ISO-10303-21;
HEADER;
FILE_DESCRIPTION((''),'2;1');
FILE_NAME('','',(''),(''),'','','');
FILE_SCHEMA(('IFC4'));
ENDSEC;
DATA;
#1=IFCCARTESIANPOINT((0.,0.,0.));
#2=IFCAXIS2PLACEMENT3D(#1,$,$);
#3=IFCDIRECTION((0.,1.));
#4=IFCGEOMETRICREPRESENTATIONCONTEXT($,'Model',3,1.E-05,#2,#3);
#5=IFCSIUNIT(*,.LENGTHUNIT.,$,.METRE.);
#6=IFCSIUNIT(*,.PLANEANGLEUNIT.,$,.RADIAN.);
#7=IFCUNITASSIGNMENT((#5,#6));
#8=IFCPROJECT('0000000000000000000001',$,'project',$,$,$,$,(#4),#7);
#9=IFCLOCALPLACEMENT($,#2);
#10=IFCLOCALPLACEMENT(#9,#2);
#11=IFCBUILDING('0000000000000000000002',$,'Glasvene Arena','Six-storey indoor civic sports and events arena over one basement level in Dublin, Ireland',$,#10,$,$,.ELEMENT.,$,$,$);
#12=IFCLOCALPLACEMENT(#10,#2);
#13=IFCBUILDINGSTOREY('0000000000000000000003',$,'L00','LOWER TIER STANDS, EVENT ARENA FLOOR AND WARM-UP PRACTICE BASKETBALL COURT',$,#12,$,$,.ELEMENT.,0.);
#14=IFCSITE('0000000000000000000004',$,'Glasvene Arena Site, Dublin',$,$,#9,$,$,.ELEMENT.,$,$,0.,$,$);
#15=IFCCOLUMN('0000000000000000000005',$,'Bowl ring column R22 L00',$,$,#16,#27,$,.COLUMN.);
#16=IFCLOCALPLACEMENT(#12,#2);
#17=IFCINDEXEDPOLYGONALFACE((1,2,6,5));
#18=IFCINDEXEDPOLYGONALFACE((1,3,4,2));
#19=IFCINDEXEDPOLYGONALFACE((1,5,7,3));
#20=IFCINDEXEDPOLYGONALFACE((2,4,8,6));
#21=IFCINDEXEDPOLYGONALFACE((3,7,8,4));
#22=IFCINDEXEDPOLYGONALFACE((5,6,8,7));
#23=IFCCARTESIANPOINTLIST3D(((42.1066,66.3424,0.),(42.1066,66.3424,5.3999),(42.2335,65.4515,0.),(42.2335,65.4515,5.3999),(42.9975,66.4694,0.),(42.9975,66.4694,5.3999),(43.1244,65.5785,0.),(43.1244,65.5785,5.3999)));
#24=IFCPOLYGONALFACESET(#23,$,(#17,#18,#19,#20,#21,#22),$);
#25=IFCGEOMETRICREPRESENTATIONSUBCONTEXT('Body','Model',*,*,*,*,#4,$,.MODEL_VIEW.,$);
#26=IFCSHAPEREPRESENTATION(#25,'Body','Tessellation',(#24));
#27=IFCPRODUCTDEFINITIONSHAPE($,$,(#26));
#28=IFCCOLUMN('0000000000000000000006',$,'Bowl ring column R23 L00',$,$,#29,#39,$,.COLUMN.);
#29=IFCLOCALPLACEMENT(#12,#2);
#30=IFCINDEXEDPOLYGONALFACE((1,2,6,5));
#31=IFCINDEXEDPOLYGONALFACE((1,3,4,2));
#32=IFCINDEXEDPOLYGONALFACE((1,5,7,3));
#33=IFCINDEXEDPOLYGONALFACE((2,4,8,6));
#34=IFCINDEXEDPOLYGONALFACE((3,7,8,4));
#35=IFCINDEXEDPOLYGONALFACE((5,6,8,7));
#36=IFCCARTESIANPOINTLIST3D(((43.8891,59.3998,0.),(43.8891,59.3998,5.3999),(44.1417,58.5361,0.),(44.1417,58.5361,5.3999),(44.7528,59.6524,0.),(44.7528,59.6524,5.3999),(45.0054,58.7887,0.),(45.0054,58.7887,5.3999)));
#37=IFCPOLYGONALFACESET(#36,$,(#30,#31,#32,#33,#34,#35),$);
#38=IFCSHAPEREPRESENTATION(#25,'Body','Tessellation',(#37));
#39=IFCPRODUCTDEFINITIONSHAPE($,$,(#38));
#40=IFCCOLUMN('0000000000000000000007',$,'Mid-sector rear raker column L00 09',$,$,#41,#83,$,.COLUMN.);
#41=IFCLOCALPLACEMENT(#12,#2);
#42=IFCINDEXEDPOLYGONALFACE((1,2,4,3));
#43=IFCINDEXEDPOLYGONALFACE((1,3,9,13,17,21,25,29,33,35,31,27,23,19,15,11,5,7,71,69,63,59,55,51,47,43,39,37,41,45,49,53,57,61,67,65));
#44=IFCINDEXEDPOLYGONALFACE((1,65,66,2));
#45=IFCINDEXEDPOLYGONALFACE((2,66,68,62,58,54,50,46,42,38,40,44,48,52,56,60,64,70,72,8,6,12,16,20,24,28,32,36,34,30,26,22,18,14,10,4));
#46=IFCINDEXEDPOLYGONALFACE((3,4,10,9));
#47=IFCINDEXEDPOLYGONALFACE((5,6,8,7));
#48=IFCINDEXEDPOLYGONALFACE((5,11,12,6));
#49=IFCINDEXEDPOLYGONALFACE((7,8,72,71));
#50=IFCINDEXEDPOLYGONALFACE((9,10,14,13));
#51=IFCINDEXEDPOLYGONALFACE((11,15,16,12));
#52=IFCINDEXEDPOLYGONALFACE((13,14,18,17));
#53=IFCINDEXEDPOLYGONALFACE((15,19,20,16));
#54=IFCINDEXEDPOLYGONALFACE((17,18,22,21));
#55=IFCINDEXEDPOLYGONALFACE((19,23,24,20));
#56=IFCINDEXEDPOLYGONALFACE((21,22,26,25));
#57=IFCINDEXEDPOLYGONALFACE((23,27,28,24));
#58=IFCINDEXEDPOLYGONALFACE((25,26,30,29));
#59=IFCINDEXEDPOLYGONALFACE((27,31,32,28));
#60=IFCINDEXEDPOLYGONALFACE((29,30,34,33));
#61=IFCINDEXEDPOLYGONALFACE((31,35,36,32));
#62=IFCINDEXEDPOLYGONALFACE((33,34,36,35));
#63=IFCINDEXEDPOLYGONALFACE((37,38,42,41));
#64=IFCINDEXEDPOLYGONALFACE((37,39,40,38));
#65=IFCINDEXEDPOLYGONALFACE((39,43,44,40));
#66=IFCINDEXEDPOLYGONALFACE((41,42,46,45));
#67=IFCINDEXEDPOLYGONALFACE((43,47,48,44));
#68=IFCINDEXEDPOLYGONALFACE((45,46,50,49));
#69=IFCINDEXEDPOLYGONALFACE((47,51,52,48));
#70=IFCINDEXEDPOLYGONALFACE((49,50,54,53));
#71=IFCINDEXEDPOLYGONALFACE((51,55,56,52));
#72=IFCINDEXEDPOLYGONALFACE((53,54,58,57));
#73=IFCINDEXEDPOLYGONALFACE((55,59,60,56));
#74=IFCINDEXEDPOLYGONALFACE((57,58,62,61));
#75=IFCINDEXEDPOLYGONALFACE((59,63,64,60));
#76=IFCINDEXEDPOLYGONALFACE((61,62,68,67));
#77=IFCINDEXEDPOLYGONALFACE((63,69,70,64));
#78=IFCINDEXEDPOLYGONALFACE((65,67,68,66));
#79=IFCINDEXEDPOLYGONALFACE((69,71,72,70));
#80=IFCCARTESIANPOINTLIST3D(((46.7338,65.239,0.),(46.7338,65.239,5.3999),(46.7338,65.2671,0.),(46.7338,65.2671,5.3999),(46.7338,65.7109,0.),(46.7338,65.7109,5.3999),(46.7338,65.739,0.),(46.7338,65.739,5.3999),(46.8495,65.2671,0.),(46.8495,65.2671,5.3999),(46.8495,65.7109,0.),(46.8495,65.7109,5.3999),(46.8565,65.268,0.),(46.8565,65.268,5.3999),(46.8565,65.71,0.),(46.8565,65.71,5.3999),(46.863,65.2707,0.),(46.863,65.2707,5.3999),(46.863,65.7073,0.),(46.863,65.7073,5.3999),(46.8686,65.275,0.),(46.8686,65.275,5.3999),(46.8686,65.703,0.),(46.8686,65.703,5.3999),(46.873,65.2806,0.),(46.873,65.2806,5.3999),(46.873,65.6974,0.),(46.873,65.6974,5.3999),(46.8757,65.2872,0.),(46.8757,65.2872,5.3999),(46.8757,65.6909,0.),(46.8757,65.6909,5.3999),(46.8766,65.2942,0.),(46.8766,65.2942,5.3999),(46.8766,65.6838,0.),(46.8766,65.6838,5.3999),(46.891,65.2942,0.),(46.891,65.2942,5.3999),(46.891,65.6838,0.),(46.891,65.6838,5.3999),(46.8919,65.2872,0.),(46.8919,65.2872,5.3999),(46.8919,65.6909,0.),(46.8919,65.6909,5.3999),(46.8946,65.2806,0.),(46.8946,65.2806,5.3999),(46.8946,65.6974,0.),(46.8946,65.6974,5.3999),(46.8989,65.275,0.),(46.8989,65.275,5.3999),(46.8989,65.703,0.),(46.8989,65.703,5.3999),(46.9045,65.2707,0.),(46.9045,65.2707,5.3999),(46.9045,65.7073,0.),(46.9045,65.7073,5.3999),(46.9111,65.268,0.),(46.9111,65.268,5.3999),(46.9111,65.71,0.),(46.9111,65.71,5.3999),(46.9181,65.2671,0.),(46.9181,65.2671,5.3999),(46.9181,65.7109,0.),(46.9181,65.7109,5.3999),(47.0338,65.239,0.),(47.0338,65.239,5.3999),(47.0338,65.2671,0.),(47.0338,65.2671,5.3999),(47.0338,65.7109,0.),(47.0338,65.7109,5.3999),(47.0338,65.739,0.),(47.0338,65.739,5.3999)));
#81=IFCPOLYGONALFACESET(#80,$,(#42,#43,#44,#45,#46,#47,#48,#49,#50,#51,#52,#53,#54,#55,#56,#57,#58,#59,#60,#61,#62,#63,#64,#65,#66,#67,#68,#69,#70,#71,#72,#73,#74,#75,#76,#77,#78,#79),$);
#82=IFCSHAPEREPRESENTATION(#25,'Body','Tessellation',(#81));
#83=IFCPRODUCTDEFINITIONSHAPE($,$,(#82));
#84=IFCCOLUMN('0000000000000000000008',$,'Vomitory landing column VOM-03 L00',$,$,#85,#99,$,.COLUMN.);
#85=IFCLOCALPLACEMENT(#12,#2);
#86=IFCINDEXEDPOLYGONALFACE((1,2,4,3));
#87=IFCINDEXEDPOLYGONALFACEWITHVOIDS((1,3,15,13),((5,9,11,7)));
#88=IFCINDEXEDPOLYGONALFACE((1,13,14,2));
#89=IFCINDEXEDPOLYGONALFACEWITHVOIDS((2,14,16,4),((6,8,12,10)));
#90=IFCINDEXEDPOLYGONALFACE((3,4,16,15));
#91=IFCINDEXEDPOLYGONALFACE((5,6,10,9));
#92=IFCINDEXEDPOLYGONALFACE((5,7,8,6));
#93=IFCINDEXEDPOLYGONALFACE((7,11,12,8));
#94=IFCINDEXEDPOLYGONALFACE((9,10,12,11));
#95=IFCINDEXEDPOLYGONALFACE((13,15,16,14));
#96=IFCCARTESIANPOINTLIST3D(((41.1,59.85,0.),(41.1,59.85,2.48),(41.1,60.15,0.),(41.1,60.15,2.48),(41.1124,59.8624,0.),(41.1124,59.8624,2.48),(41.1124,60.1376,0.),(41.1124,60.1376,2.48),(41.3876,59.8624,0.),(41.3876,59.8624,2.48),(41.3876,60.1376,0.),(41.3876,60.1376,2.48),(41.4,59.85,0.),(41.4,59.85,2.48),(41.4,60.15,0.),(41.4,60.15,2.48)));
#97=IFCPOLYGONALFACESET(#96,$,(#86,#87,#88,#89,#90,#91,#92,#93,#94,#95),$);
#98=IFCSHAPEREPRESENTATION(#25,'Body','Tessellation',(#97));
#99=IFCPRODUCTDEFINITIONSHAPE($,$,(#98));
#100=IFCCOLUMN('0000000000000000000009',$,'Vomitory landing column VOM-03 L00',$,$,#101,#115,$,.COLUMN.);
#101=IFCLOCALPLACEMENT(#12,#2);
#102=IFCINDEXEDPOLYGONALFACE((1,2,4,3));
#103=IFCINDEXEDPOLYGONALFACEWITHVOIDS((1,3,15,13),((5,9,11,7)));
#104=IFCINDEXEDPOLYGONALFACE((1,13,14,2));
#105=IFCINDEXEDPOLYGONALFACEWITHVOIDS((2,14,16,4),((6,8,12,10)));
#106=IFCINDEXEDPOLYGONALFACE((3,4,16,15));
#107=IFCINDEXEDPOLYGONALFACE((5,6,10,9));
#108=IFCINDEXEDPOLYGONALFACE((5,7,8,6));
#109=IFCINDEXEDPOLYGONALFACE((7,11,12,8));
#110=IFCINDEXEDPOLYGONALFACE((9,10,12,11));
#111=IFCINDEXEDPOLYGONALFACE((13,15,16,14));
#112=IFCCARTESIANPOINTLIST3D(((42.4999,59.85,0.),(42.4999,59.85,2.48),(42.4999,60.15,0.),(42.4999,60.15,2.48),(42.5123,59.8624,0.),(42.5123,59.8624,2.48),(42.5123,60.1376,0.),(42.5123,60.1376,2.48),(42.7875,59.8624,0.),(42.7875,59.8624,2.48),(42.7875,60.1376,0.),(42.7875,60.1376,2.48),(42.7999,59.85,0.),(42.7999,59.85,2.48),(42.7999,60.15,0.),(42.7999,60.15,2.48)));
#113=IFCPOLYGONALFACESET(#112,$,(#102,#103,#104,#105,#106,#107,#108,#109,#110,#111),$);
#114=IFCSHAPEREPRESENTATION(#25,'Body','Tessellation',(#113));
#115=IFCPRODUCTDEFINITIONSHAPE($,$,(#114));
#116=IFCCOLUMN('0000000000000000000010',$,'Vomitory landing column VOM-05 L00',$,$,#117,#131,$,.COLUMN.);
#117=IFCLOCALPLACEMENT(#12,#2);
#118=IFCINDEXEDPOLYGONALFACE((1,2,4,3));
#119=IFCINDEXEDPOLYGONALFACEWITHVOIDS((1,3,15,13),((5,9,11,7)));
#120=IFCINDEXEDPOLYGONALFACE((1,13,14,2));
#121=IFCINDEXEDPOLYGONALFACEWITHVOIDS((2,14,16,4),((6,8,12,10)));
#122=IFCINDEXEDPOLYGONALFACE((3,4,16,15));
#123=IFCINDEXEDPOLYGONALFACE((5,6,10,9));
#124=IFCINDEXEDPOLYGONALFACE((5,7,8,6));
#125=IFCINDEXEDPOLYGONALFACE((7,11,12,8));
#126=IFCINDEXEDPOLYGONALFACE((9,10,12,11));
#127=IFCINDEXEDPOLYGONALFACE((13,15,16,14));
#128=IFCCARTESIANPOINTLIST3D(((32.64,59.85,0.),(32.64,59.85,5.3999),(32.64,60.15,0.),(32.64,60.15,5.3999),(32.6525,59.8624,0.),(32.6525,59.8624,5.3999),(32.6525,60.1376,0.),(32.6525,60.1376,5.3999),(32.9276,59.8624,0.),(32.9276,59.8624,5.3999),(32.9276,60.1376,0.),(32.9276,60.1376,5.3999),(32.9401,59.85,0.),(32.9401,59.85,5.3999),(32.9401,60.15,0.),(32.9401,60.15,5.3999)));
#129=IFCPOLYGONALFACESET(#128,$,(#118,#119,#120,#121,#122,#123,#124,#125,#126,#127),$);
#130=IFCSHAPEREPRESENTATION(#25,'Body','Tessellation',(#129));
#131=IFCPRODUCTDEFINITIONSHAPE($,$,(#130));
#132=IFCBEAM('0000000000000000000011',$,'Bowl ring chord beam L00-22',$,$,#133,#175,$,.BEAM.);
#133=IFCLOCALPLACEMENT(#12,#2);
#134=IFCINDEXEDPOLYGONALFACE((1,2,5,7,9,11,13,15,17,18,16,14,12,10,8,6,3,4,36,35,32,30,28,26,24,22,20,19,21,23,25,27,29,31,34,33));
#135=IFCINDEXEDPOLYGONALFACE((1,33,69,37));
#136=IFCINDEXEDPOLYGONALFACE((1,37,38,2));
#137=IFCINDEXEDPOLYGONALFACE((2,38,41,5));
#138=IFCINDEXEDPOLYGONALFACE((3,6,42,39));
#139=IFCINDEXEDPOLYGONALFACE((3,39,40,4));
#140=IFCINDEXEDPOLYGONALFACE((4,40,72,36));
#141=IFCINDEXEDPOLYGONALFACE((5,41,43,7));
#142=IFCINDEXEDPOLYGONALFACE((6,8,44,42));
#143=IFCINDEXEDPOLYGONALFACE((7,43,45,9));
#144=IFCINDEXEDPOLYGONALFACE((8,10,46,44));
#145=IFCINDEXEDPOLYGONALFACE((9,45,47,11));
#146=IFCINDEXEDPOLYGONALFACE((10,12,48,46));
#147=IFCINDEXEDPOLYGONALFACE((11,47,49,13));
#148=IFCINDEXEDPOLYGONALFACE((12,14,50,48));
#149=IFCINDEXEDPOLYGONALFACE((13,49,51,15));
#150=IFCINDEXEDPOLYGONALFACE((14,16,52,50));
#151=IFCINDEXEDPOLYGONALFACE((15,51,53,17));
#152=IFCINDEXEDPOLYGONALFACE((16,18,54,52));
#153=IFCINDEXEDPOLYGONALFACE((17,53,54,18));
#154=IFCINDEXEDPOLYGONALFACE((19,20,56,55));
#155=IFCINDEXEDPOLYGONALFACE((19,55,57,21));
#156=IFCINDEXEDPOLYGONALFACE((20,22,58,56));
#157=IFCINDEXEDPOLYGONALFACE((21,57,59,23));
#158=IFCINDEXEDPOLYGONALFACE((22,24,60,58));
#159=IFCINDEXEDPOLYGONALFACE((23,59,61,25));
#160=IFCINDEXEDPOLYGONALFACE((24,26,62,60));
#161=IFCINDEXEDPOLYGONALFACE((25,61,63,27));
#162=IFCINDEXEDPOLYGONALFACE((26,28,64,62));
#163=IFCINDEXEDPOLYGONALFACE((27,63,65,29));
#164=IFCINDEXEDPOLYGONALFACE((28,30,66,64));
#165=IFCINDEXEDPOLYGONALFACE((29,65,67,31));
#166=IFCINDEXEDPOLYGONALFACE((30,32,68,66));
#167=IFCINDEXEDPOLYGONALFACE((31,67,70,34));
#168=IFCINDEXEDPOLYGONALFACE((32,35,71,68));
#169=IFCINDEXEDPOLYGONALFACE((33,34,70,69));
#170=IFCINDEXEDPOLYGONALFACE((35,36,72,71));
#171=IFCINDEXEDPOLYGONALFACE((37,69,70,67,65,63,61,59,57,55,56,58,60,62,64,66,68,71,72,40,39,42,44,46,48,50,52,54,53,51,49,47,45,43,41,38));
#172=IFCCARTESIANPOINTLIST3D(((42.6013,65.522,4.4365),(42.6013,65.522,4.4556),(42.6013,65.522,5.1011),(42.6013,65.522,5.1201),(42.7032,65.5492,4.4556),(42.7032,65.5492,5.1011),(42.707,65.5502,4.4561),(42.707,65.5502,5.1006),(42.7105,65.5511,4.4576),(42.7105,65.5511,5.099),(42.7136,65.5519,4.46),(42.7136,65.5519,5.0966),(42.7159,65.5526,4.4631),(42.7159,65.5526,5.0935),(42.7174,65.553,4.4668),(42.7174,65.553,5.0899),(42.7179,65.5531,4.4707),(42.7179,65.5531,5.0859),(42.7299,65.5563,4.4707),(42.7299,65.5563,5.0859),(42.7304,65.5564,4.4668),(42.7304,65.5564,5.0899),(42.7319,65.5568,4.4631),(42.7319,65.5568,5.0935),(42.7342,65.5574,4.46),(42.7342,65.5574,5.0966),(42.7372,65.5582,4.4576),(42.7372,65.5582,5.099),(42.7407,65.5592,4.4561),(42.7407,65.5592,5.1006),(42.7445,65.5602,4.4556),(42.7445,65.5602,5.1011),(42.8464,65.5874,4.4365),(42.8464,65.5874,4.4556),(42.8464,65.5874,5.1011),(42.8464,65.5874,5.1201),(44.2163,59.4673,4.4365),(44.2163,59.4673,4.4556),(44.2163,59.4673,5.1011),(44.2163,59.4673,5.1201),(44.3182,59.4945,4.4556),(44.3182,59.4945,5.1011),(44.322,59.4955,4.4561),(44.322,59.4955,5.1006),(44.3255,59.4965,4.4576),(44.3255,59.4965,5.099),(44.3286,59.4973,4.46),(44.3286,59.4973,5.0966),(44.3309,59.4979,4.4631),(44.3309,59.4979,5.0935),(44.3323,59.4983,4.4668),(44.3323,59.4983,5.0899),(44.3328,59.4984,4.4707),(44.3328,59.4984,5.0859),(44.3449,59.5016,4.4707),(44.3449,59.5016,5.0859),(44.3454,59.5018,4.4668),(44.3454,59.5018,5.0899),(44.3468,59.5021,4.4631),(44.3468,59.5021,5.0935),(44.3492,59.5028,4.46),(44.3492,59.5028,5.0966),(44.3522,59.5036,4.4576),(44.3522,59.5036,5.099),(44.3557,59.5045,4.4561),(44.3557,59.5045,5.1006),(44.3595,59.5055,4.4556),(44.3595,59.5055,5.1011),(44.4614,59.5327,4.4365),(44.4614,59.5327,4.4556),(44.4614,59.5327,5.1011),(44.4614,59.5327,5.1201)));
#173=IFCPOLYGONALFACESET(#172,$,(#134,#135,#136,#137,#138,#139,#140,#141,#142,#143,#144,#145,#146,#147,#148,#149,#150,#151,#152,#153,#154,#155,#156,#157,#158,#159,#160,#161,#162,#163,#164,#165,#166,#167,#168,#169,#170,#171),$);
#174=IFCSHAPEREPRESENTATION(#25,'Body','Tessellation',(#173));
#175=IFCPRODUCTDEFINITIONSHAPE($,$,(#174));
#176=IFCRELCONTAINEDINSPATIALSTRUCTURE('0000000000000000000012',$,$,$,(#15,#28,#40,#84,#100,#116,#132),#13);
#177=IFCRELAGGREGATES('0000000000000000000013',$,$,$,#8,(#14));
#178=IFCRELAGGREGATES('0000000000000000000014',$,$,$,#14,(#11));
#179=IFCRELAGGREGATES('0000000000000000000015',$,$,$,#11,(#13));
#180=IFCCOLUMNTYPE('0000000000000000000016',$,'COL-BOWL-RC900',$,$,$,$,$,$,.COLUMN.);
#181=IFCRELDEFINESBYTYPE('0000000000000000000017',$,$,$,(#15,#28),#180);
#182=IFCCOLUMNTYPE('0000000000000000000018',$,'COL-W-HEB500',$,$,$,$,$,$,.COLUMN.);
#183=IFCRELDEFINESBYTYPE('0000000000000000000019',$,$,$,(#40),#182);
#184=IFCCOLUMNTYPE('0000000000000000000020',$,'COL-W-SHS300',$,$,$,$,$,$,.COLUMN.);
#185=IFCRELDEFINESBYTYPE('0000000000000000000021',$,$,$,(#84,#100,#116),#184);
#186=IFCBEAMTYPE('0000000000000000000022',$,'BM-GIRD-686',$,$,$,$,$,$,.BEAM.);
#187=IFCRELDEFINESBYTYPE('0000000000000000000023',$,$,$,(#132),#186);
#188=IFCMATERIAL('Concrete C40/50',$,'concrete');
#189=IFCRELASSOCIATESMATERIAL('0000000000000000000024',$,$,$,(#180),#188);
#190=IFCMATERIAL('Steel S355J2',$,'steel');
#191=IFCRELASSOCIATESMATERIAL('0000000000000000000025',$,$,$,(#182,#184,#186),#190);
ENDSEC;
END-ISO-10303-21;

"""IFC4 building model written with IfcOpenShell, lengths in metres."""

from ifc_helpers import new_model, si_unit, direction, frame, origin, origin_2d, place, context, subcontext, project, spatial, rectangle, hollow_rectangle, i_section, extrude, material, material_profile, profile_set, type_object, element, save


model = new_model("IFC4")

# Units and contexts
model_context = context("Model", 3, precision=1e-05, world=origin(), true_north=direction((0.0, 1.0)))
body_context = subcontext(model_context, "Body", "Model", "MODEL_VIEW")
ifc_project = project(units=[si_unit("LENGTHUNIT", "METRE"), si_unit("PLANEANGLEUNIT", "RADIAN")], contexts=[model_context])

# Site, building, storey
site_placement = place(None, origin())
site = spatial("IfcSite", under=ifc_project, at=site_placement, Name="Glasvene Arena Site, Dublin", CompositionType="ELEMENT", RefElevation=0.0)
building_placement = place(site_placement, origin())
building = spatial("IfcBuilding", under=site, at=building_placement, Name="Glasvene Arena", Description="Six-storey indoor civic sports and events arena over one basement level in Dublin, Ireland", CompositionType="ELEMENT")
storey_placement = place(building_placement, origin())
storey = spatial("IfcBuildingStorey", under=building, at=storey_placement, Name="L00", Description="LOWER TIER STANDS, EVENT ARENA FLOOR AND WARM-UP PRACTICE BASKETBALL COURT", CompositionType="ELEMENT", Elevation=0.0)

# Columns
ifc_material_1 = material(Name="Concrete C40/50", Category="concrete")
ifc_material_profile_1 = material_profile(ifc_material_1, rectangle(XDim=0.8999, YDim=0.8999, at=origin_2d()), Name="RC 900x900")
ifc_profile_set_1 = profile_set([ifc_material_profile_1], Name="Concrete C40/50")
column_type_1 = type_object("IfcColumnType", Name="COL-BOWL-RC900", PredefinedType="COLUMN", material=ifc_profile_set_1)
for number, where, z_axis, x_axis, name in (
    (1, (42.6155, 65.9604, 0.0), (0.0, 0.0, 1.0), (-0.989999, -0.141074, 0.0), "Bowl ring column R22 L00"),
    (2, (44.4473, 59.0942, 0.0), (0.0, 0.0, 1.0), (-0.959805, -0.280667, 0.0), "Bowl ring column R23 L00"),
):
    element("IfcColumn", number, at=place(storey_placement, frame(where, z_axis=z_axis, x_axis=x_axis)), inside=storey, type_object=column_type_1, Name=name, PredefinedType="COLUMN", context=body_context, shape_type="SweptSolid", body=[
        extrude(rectangle(XDim=0.8999, YDim=0.8999, at=origin_2d()), origin(), (0.0, 0.0, 1.0), 5.3999),
    ])
ifc_material_2 = material(Name="Steel S355J2", Category="steel")
ifc_material_profile_2 = material_profile(ifc_material_2, i_section(OverallWidth=0.3, OverallDepth=0.5, WebThickness=0.0144, FlangeThickness=0.0281, FilletRadius=0.0271, at=origin_2d()), Name="HEB 500")
ifc_profile_set_2 = profile_set([ifc_material_profile_2], Name="Steel S355J2")
column_type_2 = type_object("IfcColumnType", Name="COL-W-HEB500", PredefinedType="COLUMN", material=ifc_profile_set_2)
column_1_placement = place(storey_placement, frame((46.8838, 65.489, 0.0), z_axis=(0.0, 0.0, 1.0), x_axis=(1.0, 0.0, 0.0)))
element("IfcColumn", 3, at=column_1_placement, inside=storey, type_object=column_type_2, Name="Mid-sector rear raker column L00 09", PredefinedType="COLUMN", context=body_context, shape_type="SweptSolid", body=[
    extrude(i_section(OverallWidth=0.3, OverallDepth=0.5, WebThickness=0.0144, FlangeThickness=0.0281, FilletRadius=0.0271, at=origin_2d()), origin(), (0.0, 0.0, 1.0), 5.3999),
])
ifc_material_profile_3 = material_profile(ifc_material_2, hollow_rectangle(XDim=0.3, YDim=0.3, WallThickness=0.0125, at=origin_2d()), Name="SHS 300x300x12.5")
ifc_profile_set_3 = profile_set([ifc_material_profile_3], Name="Steel S355J2")
column_type_3 = type_object("IfcColumnType", Name="COL-W-SHS300", PredefinedType="COLUMN", material=ifc_profile_set_3)
for number, where, z_axis, x_axis, name in (
    (4, (41.25, 60.0, 0.0), (0.0, 0.0, 1.0), (1.0, 0.0, 0.0), "Vomitory landing column VOM-03 L00"),
    (5, (42.6499, 60.0, 0.0), (0.0, 0.0, 1.0), (1.0, 0.0, 0.0), "Vomitory landing column VOM-03 L00"),
):
    element("IfcColumn", number, at=place(storey_placement, frame(where, z_axis=z_axis, x_axis=x_axis)), inside=storey, type_object=column_type_3, Name=name, PredefinedType="COLUMN", context=body_context, shape_type="SweptSolid", body=[
        extrude(hollow_rectangle(XDim=0.3, YDim=0.3, WallThickness=0.0125, at=origin_2d()), origin(), (0.0, 0.0, 1.0), 2.48),
    ])
column_2_placement = place(storey_placement, frame((32.79, 60.0, 0.0), z_axis=(0.0, 0.0, 1.0), x_axis=(1.0, 0.0, 0.0)))
element("IfcColumn", 6, at=column_2_placement, inside=storey, type_object=column_type_3, Name="Vomitory landing column VOM-05 L00", PredefinedType="COLUMN", context=body_context, shape_type="SweptSolid", body=[
    extrude(hollow_rectangle(XDim=0.3, YDim=0.3, WallThickness=0.0125, at=origin_2d()), origin(), (0.0, 0.0, 1.0), 5.3999),
])

# Beam
ifc_material_profile_4 = material_profile(ifc_material_2, i_section(OverallWidth=0.2537, OverallDepth=0.6836, WebThickness=0.0125, FlangeThickness=0.019, FilletRadius=0.0151, at=origin_2d()), Name="UKB 686x254x140")
ifc_profile_set_4 = profile_set([ifc_material_profile_4], Name="Steel S355J2")
beam_type = type_object("IfcBeamType", Name="BM-GIRD-686", PredefinedType="BEAM", material=ifc_profile_set_4)
beam_1_placement = place(storey_placement, frame((42.7239, 65.5547, 4.7783), z_axis=(0.257723, -0.966219, 0.0), x_axis=(0.966219, 0.257723, 0.0)))
element("IfcBeam", 7, at=beam_1_placement, inside=storey, type_object=beam_type, Name="Bowl ring chord beam L00-22", PredefinedType="BEAM", context=body_context, shape_type="SweptSolid", body=[
    extrude(i_section(OverallWidth=0.2537, OverallDepth=0.6836, WebThickness=0.0125, FlangeThickness=0.019, FilletRadius=0.0151, at=origin_2d()), origin(), (0.0, 0.0, 1.0), 6.2664),
])

save(model, "model.ifc")
